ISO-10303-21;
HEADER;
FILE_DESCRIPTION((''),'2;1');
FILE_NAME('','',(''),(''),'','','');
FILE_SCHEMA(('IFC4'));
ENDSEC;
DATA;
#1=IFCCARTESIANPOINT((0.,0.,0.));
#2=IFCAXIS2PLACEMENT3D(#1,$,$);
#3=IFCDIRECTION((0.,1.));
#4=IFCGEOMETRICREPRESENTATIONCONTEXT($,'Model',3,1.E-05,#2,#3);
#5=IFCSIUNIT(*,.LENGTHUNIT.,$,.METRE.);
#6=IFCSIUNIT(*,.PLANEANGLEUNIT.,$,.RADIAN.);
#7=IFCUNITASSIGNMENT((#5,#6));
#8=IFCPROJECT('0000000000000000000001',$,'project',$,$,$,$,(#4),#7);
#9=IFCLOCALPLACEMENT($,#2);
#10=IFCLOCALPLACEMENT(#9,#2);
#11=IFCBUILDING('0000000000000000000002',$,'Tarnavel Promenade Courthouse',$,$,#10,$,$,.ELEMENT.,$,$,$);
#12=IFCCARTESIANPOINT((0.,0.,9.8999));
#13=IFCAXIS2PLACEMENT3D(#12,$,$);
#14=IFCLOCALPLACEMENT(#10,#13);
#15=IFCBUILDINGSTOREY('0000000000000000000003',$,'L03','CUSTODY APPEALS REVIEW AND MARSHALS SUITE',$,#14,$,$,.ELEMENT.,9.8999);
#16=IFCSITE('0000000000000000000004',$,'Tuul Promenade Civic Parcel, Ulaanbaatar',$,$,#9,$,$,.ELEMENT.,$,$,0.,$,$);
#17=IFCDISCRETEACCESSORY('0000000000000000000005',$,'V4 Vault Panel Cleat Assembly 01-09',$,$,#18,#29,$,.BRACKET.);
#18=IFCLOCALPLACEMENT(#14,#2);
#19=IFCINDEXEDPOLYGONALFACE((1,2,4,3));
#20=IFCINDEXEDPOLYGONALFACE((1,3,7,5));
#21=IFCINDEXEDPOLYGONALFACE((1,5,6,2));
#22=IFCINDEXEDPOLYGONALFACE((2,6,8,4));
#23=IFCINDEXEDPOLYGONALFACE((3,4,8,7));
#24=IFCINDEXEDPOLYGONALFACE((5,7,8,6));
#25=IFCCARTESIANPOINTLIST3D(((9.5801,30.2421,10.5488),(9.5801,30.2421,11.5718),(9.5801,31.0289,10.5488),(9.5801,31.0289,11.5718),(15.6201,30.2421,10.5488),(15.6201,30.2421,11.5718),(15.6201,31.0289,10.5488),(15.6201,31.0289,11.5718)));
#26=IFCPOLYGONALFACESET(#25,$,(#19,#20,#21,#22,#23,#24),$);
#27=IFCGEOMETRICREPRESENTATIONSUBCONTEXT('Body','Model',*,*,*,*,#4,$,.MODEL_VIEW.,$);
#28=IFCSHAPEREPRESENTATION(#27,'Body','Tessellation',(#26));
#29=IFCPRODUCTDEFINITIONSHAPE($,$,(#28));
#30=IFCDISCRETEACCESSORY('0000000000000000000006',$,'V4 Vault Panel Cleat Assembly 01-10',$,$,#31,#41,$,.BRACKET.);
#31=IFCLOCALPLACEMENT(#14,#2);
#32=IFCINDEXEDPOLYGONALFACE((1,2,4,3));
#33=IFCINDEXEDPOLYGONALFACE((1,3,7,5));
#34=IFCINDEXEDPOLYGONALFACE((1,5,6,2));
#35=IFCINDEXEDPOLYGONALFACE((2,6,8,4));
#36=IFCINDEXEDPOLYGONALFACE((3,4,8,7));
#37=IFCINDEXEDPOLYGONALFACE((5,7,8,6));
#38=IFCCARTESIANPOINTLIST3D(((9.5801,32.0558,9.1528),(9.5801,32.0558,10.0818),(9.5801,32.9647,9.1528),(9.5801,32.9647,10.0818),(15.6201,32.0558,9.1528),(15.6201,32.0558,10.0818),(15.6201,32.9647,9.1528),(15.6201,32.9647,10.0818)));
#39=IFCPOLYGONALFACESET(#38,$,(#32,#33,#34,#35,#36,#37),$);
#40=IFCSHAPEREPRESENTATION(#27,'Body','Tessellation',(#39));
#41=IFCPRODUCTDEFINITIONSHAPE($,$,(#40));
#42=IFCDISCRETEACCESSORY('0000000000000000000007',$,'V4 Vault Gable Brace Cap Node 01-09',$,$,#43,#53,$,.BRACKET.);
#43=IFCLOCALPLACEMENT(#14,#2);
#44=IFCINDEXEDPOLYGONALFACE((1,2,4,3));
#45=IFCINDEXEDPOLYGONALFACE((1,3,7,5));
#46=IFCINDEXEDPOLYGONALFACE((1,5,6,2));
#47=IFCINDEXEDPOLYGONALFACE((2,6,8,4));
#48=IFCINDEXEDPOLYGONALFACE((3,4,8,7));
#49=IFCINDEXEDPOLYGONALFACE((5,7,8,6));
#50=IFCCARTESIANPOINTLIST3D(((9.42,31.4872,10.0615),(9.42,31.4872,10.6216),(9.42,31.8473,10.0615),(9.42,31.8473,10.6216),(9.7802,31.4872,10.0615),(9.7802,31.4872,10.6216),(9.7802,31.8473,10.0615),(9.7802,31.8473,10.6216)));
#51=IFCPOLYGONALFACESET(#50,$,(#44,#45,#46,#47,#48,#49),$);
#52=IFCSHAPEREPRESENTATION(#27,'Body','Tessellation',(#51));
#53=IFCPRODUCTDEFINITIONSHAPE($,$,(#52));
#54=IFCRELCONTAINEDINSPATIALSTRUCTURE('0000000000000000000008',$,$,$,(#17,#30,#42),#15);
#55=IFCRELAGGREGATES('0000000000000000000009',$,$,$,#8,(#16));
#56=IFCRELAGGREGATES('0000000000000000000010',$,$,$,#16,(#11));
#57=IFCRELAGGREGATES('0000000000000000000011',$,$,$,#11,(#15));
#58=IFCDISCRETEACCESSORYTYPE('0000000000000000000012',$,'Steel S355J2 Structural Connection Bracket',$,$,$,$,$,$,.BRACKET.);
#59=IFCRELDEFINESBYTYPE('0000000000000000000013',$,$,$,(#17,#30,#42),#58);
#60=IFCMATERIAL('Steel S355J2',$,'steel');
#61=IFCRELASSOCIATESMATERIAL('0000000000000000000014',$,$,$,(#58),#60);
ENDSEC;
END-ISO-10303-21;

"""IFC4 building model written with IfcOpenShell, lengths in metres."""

from ifc_helpers import new_model, si_unit, direction, frame, origin, origin_2d, place, context, subcontext, project, spatial, rectangle, extrude, material, type_object, element, save


model = new_model("IFC4")

# Units and contexts
model_context = context("Model", 3, precision=1e-05, world=origin(), true_north=direction((0.0, 1.0)))
body_context = subcontext(model_context, "Body", "Model", "MODEL_VIEW")
ifc_project = project(units=[si_unit("LENGTHUNIT", "METRE"), si_unit("PLANEANGLEUNIT", "RADIAN")], contexts=[model_context])

# Site, building, storey
site_placement = place(None, origin())
site = spatial("IfcSite", under=ifc_project, at=site_placement, Name="Tuul Promenade Civic Parcel, Ulaanbaatar", CompositionType="ELEMENT", RefElevation=0.0)
building_placement = place(site_placement, origin())
building = spatial("IfcBuilding", under=site, at=building_placement, Name="Tarnavel Promenade Courthouse", CompositionType="ELEMENT")
storey_placement = place(building_placement, frame((0.0, 0.0, 9.8999)))
storey = spatial("IfcBuildingStorey", under=building, at=storey_placement, Name="L03", Description="CUSTODY APPEALS REVIEW AND MARSHALS SUITE", CompositionType="ELEMENT", Elevation=9.8999)

# Shared definitions
ifc_material_1 = material(Name="Steel S355J2", Category="steel")

# Discrete accessories
discrete_accessory_type = type_object("IfcDiscreteAccessoryType", Name="Steel S355J2 Structural Connection Bracket", PredefinedType="BRACKET", material=ifc_material_1)
discrete_accessory_1_placement = place(storey_placement, frame((12.6001, 30.6355, 10.5488), z_axis=(0.0, 0.0, 1.0), x_axis=(1.0, 0.0, 0.0)))
element("IfcDiscreteAccessory", 1, at=discrete_accessory_1_placement, inside=storey, type_object=discrete_accessory_type, Name="V4 Vault Panel Cleat Assembly 01-09", PredefinedType="BRACKET", context=body_context, shape_type="SweptSolid", body=[
    extrude(rectangle(XDim=6.04, YDim=0.7869, at=origin_2d()), origin(), (0.0, 0.0, 1.0), 1.0229),
])
discrete_accessory_2_placement = place(storey_placement, frame((12.6001, 32.5103, 9.1528), z_axis=(0.0, 0.0, 1.0), x_axis=(1.0, 0.0, 0.0)))
element("IfcDiscreteAccessory", 2, at=discrete_accessory_2_placement, inside=storey, type_object=discrete_accessory_type, Name="V4 Vault Panel Cleat Assembly 01-10", PredefinedType="BRACKET", context=body_context, shape_type="SweptSolid", body=[
    extrude(rectangle(XDim=6.04, YDim=0.9089, at=origin_2d()), origin(), (0.0, 0.0, 1.0), 0.929),
])
discrete_accessory_3_placement = place(storey_placement, frame((9.6001, 31.6672, 10.0615), z_axis=(0.0, 0.0, 1.0), x_axis=(1.0, 0.0, 0.0)))
element("IfcDiscreteAccessory", 3, at=discrete_accessory_3_placement, inside=storey, type_object=discrete_accessory_type, Name="V4 Vault Gable Brace Cap Node 01-09", PredefinedType="BRACKET", context=body_context, shape_type="SweptSolid", body=[
    extrude(rectangle(XDim=0.3601, YDim=0.3601, at=origin_2d()), origin(), (0.0, 0.0, 1.0), 0.5601),
])

save(model, "model.ifc")
